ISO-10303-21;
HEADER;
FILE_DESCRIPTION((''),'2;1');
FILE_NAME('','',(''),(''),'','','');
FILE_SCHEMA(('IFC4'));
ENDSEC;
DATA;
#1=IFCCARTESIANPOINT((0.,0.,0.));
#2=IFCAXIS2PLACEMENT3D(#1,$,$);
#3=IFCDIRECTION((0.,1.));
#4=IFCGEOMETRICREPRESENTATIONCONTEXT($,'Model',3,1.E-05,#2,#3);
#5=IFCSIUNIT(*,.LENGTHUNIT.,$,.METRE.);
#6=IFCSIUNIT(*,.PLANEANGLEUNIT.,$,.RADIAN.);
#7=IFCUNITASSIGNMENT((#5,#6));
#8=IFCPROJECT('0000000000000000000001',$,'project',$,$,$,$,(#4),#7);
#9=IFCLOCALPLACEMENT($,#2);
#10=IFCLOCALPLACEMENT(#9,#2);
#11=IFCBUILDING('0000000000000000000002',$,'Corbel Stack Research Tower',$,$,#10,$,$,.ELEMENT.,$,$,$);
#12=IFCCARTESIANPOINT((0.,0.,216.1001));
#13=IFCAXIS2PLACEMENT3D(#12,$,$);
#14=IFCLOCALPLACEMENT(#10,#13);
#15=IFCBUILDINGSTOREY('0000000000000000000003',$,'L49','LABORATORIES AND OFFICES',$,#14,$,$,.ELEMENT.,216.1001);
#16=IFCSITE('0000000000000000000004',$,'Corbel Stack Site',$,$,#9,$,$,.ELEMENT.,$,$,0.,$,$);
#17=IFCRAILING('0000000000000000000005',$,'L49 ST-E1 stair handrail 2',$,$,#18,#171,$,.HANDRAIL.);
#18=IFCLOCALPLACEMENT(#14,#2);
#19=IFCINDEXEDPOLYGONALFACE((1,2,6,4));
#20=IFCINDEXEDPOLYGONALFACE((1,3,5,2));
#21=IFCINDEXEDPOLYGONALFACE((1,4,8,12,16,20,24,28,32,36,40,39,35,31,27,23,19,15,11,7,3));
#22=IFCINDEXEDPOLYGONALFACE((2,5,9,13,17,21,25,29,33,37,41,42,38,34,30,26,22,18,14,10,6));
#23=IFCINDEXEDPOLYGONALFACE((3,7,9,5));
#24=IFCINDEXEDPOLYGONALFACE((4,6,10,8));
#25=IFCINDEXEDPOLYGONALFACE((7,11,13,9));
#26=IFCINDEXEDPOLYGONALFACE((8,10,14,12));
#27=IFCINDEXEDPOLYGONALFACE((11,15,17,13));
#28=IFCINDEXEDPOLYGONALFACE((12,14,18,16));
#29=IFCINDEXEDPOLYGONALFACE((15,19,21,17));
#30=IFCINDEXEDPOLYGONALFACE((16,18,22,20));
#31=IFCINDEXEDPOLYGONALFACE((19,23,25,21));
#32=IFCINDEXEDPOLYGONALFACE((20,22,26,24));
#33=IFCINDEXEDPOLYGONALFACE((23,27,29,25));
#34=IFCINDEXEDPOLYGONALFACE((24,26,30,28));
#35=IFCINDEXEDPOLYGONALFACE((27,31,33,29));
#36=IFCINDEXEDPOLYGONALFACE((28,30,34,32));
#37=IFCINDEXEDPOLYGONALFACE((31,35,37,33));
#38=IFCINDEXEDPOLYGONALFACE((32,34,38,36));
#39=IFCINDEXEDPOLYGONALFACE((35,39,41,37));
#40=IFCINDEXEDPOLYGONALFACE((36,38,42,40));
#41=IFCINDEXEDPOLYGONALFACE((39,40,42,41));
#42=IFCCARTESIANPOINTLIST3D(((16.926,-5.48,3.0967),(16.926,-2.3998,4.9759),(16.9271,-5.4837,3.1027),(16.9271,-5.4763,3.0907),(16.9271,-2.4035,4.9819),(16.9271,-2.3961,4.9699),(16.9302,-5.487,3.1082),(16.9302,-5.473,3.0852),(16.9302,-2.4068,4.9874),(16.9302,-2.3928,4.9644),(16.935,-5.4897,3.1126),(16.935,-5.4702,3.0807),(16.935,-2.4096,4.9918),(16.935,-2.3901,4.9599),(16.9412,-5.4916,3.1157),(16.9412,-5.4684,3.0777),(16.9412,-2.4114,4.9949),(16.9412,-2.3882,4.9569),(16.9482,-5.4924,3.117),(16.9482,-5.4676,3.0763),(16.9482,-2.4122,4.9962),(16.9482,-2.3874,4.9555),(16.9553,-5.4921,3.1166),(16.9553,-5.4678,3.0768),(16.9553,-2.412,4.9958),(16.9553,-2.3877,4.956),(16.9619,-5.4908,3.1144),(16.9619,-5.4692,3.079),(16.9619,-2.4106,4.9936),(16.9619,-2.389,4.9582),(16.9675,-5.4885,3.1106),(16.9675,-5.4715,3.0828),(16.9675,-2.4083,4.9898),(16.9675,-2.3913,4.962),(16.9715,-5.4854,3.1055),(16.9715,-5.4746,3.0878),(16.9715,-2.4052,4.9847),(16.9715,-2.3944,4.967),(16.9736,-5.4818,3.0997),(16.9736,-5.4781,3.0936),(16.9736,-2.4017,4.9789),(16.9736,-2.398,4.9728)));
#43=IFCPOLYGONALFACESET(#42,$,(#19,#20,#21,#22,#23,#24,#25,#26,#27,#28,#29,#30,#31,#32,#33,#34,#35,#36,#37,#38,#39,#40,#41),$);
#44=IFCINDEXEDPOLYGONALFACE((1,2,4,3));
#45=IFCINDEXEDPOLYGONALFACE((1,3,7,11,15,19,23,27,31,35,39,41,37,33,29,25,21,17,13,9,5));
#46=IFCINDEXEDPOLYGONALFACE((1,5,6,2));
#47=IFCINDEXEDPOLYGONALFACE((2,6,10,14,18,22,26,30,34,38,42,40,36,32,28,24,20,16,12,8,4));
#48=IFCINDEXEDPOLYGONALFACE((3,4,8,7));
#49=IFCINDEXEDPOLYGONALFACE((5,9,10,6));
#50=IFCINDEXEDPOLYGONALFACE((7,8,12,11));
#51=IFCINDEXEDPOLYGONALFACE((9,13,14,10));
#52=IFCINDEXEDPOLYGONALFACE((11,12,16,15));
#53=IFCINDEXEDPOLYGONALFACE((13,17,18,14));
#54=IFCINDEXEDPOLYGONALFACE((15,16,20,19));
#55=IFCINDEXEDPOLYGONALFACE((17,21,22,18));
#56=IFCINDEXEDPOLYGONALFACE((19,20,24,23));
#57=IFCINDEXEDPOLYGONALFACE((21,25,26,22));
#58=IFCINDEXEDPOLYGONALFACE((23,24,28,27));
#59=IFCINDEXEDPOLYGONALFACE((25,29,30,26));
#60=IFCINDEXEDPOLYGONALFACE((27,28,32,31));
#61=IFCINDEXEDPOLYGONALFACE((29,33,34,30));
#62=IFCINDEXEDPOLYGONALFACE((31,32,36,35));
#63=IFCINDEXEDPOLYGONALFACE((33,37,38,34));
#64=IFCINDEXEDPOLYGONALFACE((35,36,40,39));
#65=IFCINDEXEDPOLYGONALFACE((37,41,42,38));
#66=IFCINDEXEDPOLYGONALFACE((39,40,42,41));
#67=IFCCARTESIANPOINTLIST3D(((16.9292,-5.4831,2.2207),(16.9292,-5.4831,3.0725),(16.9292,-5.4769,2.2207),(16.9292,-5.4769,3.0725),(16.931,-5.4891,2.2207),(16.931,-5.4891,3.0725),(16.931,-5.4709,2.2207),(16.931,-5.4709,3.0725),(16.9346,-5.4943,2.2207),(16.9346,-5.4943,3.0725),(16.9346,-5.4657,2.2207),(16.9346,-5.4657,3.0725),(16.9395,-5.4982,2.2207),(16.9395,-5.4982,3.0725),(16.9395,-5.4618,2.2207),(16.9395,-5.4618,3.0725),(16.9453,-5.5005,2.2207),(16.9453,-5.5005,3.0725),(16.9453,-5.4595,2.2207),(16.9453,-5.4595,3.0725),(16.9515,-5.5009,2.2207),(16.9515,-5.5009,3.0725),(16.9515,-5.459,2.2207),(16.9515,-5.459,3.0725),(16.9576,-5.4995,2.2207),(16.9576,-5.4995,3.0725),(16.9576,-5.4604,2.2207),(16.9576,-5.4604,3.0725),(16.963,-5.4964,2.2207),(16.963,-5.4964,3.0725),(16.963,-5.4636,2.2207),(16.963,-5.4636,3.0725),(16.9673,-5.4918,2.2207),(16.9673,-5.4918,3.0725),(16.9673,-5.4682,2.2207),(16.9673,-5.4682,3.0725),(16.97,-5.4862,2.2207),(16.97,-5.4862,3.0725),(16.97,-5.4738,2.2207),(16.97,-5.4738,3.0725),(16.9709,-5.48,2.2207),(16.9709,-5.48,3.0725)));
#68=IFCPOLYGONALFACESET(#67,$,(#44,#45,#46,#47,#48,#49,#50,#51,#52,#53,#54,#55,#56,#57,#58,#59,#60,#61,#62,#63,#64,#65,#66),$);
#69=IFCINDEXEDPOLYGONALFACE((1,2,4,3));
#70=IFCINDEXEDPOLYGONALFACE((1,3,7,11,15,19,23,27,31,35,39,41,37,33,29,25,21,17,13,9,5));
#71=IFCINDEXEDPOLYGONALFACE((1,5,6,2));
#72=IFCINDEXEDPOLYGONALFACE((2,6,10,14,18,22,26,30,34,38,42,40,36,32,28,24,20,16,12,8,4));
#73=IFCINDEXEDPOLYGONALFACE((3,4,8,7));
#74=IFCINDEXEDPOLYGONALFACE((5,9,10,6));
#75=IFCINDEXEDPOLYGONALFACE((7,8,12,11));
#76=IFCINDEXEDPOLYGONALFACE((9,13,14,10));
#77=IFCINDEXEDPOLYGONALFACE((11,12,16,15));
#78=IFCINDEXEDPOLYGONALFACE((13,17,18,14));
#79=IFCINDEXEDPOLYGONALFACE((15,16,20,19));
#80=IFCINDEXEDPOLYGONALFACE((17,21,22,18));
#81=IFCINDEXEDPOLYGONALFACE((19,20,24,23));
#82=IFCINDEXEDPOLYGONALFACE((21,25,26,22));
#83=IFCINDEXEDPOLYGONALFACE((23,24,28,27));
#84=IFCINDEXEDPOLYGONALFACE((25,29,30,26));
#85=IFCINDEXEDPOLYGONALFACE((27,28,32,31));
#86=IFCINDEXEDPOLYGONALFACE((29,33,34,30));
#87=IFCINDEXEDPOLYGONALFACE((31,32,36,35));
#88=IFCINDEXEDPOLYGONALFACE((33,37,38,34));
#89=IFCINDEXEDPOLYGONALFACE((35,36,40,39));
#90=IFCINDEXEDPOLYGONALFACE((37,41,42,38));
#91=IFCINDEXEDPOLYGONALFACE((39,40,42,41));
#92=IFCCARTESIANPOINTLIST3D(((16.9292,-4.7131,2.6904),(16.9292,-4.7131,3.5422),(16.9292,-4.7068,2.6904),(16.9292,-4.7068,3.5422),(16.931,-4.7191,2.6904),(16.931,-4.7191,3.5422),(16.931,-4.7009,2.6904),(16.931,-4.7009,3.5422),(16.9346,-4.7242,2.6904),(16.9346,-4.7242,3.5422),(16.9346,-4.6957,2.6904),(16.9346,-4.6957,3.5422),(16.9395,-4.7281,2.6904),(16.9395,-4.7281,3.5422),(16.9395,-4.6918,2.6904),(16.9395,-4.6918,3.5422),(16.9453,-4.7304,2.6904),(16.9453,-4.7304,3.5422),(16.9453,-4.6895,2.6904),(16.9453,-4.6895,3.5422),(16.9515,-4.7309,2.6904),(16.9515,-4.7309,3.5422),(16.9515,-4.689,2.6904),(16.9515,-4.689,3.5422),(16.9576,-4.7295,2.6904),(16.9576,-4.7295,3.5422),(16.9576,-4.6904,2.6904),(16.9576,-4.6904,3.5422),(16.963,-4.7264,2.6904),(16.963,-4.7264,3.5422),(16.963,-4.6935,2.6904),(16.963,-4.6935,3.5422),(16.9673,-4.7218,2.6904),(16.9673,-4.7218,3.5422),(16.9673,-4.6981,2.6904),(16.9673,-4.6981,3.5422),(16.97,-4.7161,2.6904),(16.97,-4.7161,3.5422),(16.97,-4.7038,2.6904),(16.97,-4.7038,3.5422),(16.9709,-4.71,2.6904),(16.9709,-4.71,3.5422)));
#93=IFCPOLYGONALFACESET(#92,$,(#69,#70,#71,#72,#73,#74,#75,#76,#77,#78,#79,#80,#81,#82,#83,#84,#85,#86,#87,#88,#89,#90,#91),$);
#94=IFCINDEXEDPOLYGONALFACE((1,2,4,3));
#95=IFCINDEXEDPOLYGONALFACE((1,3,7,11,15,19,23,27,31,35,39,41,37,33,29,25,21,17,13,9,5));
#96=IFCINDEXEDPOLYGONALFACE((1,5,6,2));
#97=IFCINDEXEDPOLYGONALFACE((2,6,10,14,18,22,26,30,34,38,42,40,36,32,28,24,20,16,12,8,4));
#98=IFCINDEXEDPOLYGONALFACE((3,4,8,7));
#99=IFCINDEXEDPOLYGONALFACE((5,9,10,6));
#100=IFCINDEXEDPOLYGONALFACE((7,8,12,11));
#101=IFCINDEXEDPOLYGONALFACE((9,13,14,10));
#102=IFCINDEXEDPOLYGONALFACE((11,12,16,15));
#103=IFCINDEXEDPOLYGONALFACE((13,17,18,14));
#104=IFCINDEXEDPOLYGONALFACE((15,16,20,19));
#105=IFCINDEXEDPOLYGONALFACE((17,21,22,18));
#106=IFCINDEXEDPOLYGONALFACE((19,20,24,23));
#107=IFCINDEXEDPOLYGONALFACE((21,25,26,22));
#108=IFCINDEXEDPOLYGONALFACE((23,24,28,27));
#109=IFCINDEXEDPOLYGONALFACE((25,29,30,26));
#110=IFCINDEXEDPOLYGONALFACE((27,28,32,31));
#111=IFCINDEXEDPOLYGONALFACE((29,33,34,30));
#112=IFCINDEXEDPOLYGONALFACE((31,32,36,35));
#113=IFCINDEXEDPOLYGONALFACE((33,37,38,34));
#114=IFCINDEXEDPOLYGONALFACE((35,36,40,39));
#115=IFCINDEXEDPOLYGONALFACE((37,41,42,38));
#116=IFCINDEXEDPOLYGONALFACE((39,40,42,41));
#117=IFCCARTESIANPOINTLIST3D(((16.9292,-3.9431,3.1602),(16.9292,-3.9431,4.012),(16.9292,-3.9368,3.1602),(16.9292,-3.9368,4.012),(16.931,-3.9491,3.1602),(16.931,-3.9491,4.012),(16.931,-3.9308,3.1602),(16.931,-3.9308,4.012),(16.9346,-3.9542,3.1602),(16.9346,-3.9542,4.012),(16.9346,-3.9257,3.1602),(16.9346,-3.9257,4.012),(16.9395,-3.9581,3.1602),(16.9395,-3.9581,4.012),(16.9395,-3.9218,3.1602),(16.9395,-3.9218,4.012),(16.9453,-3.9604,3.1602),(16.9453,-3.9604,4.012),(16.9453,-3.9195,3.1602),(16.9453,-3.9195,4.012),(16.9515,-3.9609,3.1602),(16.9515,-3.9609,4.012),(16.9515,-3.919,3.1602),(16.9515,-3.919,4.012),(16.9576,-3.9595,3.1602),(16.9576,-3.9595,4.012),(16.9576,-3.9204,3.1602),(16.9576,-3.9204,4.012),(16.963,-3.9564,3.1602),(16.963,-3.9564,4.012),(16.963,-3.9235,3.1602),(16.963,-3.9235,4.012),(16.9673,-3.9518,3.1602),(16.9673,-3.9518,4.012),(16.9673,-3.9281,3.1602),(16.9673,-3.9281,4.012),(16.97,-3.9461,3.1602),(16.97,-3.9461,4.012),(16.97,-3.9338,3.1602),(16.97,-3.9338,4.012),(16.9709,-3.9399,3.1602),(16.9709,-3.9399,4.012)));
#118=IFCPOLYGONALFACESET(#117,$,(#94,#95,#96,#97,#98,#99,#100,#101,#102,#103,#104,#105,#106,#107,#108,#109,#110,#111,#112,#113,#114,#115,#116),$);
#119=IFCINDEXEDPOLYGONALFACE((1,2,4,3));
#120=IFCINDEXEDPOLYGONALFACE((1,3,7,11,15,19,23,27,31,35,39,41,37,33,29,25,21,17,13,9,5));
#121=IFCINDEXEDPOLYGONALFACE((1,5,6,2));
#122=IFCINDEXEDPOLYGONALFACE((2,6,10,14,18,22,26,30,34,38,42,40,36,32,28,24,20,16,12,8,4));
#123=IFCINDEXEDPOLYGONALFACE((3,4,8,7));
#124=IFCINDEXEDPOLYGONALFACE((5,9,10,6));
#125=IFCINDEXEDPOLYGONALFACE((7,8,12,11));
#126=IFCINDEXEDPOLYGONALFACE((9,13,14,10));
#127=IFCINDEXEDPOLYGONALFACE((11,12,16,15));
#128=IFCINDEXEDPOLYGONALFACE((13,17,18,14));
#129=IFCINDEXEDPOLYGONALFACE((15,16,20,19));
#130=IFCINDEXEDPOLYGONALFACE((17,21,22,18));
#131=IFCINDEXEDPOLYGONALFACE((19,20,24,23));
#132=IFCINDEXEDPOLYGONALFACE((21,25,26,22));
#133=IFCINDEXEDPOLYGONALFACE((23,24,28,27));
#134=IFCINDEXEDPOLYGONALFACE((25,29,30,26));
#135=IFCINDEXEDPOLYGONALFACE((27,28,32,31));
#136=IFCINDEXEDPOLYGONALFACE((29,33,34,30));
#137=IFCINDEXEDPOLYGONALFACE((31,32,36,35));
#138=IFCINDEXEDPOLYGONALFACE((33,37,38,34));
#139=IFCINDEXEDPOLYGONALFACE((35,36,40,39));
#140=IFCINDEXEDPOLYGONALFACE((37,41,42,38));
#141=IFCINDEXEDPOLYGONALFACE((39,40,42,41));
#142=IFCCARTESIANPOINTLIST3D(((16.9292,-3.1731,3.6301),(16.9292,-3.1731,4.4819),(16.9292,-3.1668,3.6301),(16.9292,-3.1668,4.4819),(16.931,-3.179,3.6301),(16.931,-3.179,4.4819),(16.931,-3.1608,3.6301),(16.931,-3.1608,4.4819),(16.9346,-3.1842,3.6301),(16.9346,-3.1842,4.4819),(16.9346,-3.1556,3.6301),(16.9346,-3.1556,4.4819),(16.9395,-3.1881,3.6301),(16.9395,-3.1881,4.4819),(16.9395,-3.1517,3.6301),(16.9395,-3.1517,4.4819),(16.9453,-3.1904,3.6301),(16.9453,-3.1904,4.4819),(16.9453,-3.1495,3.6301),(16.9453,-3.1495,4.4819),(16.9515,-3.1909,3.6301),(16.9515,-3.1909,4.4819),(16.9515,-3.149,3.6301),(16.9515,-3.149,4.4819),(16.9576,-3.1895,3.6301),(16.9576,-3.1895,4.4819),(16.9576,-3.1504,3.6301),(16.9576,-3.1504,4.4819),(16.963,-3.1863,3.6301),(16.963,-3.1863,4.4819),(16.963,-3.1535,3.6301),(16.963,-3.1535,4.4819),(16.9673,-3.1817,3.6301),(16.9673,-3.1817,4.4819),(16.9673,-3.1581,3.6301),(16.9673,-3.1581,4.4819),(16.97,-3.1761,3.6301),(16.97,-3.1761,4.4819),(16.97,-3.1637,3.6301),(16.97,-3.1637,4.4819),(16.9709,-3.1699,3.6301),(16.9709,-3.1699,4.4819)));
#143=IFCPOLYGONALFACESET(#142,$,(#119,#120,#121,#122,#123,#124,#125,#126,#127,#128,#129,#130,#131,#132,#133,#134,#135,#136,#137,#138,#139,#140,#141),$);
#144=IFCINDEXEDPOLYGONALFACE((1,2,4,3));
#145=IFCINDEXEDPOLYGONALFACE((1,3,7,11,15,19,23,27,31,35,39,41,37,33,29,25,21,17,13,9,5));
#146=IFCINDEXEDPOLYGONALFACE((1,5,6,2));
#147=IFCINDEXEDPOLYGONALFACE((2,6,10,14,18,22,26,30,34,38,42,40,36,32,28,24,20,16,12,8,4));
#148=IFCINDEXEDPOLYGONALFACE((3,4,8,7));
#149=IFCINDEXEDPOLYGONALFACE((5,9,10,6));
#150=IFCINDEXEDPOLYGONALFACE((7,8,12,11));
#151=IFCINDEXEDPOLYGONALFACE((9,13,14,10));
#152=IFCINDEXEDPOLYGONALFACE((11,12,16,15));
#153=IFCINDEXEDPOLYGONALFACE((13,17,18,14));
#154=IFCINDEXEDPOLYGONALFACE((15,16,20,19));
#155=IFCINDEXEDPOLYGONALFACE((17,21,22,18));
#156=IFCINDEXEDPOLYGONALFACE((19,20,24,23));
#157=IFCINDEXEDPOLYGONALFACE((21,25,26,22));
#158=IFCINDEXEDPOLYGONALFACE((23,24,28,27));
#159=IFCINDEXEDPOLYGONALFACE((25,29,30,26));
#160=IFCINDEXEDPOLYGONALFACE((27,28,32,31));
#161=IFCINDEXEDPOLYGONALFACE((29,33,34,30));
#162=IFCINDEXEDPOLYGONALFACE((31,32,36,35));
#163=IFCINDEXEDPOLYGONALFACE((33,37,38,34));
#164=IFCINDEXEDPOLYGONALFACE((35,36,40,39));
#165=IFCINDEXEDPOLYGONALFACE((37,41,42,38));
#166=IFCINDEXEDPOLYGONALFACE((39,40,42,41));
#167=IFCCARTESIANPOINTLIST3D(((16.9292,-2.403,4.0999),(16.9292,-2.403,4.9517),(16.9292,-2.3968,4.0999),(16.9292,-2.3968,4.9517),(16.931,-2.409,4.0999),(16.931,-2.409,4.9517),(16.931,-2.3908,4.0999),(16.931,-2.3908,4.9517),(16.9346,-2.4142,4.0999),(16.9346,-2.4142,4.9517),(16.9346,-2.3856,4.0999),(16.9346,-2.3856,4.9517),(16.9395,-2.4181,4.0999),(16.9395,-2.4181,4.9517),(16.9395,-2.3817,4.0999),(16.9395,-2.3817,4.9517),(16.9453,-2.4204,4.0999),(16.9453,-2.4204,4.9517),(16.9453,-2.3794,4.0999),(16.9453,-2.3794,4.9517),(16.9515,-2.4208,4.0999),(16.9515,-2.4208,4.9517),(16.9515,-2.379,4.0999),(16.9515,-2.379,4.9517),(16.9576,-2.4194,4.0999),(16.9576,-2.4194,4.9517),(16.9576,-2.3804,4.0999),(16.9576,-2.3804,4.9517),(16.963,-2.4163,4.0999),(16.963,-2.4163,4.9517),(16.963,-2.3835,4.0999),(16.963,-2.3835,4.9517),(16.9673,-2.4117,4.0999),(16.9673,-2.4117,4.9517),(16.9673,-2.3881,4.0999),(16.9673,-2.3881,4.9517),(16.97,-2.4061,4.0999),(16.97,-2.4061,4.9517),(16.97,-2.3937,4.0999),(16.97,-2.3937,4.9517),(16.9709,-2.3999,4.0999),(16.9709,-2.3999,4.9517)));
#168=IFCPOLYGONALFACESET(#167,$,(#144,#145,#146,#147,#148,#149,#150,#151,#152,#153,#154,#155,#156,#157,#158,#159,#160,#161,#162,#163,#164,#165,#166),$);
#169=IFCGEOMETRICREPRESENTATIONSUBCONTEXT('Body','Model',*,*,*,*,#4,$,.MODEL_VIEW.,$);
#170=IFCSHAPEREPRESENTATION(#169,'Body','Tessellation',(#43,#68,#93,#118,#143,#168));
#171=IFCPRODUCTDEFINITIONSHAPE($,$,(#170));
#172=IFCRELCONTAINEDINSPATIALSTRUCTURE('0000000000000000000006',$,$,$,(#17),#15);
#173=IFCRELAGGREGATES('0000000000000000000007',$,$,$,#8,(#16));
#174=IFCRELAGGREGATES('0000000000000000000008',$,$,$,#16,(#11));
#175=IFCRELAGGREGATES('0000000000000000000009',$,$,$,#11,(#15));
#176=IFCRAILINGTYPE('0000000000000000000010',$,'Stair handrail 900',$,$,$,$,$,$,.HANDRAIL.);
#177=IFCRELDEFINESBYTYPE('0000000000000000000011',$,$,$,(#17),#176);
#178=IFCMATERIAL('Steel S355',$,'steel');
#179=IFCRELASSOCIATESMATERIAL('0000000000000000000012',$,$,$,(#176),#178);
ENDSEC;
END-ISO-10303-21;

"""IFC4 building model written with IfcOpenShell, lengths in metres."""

from ifc_helpers import new_model, si_unit, direction, frame, origin, origin_2d, place, context, subcontext, project, spatial, circle, extrude, material, type_object, element, save


model = new_model("IFC4")

# Units and contexts
model_context = context("Model", 3, precision=1e-05, world=origin(), true_north=direction((0.0, 1.0)))
body_context = subcontext(model_context, "Body", "Model", "MODEL_VIEW")
ifc_project = project(units=[si_unit("LENGTHUNIT", "METRE"), si_unit("PLANEANGLEUNIT", "RADIAN")], contexts=[model_context])

# Site, building, storey
site_placement = place(None, origin())
site = spatial("IfcSite", under=ifc_project, at=site_placement, Name="Corbel Stack Site", CompositionType="ELEMENT", RefElevation=0.0)
building_placement = place(site_placement, origin())
building = spatial("IfcBuilding", under=site, at=building_placement, Name="Corbel Stack Research Tower", CompositionType="ELEMENT")
storey_placement = place(building_placement, frame((0.0, 0.0, 216.1001)))
storey = spatial("IfcBuildingStorey", under=building, at=storey_placement, Name="L49", Description="LABORATORIES AND OFFICES", CompositionType="ELEMENT", Elevation=216.1001)

# Railing
ifc_material_1 = material(Name="Steel S355", Category="steel")
railing_type_1 = type_object("IfcRailingType", Name="Stair handrail 900", PredefinedType="HANDRAIL", material=ifc_material_1)
railing_1_placement = place(storey_placement, frame((16.95, -5.48, 2.2207)))
element("IfcRailing", 1, at=railing_1_placement, inside=storey, type_object=railing_type_1, Name="L49 ST-E1 stair handrail 2", PredefinedType="HANDRAIL", context=body_context, shape_type="SweptSolid", body=[
    extrude(circle(Radius=0.0239, at=origin_2d()), frame((0.0, 0.0, 0.876), z_axis=(0.0, 0.853666, 0.52082), x_axis=(-1.0, 0.0, 0.0)), (0.0, 0.0, 1.0), 3.6082),
    extrude(circle(Radius=0.021, at=origin_2d()), origin(), (0.0, 0.0, 1.0), 0.8518),
    extrude(circle(Radius=0.021, at=origin_2d()), frame((0.0, 0.77, 0.4697)), (0.0, 0.0, 1.0), 0.8518),
    extrude(circle(Radius=0.021, at=origin_2d()), frame((0.0, 1.54, 0.9395)), (0.0, 0.0, 1.0), 0.8518),
    extrude(circle(Radius=0.021, at=origin_2d()), frame((0.0, 2.3101, 1.4094)), (0.0, 0.0, 1.0), 0.8518),
    extrude(circle(Radius=0.021, at=origin_2d()), frame((0.0, 3.0801, 1.8792)), (0.0, 0.0, 1.0), 0.8518),
])

save(model, "model.ifc")
